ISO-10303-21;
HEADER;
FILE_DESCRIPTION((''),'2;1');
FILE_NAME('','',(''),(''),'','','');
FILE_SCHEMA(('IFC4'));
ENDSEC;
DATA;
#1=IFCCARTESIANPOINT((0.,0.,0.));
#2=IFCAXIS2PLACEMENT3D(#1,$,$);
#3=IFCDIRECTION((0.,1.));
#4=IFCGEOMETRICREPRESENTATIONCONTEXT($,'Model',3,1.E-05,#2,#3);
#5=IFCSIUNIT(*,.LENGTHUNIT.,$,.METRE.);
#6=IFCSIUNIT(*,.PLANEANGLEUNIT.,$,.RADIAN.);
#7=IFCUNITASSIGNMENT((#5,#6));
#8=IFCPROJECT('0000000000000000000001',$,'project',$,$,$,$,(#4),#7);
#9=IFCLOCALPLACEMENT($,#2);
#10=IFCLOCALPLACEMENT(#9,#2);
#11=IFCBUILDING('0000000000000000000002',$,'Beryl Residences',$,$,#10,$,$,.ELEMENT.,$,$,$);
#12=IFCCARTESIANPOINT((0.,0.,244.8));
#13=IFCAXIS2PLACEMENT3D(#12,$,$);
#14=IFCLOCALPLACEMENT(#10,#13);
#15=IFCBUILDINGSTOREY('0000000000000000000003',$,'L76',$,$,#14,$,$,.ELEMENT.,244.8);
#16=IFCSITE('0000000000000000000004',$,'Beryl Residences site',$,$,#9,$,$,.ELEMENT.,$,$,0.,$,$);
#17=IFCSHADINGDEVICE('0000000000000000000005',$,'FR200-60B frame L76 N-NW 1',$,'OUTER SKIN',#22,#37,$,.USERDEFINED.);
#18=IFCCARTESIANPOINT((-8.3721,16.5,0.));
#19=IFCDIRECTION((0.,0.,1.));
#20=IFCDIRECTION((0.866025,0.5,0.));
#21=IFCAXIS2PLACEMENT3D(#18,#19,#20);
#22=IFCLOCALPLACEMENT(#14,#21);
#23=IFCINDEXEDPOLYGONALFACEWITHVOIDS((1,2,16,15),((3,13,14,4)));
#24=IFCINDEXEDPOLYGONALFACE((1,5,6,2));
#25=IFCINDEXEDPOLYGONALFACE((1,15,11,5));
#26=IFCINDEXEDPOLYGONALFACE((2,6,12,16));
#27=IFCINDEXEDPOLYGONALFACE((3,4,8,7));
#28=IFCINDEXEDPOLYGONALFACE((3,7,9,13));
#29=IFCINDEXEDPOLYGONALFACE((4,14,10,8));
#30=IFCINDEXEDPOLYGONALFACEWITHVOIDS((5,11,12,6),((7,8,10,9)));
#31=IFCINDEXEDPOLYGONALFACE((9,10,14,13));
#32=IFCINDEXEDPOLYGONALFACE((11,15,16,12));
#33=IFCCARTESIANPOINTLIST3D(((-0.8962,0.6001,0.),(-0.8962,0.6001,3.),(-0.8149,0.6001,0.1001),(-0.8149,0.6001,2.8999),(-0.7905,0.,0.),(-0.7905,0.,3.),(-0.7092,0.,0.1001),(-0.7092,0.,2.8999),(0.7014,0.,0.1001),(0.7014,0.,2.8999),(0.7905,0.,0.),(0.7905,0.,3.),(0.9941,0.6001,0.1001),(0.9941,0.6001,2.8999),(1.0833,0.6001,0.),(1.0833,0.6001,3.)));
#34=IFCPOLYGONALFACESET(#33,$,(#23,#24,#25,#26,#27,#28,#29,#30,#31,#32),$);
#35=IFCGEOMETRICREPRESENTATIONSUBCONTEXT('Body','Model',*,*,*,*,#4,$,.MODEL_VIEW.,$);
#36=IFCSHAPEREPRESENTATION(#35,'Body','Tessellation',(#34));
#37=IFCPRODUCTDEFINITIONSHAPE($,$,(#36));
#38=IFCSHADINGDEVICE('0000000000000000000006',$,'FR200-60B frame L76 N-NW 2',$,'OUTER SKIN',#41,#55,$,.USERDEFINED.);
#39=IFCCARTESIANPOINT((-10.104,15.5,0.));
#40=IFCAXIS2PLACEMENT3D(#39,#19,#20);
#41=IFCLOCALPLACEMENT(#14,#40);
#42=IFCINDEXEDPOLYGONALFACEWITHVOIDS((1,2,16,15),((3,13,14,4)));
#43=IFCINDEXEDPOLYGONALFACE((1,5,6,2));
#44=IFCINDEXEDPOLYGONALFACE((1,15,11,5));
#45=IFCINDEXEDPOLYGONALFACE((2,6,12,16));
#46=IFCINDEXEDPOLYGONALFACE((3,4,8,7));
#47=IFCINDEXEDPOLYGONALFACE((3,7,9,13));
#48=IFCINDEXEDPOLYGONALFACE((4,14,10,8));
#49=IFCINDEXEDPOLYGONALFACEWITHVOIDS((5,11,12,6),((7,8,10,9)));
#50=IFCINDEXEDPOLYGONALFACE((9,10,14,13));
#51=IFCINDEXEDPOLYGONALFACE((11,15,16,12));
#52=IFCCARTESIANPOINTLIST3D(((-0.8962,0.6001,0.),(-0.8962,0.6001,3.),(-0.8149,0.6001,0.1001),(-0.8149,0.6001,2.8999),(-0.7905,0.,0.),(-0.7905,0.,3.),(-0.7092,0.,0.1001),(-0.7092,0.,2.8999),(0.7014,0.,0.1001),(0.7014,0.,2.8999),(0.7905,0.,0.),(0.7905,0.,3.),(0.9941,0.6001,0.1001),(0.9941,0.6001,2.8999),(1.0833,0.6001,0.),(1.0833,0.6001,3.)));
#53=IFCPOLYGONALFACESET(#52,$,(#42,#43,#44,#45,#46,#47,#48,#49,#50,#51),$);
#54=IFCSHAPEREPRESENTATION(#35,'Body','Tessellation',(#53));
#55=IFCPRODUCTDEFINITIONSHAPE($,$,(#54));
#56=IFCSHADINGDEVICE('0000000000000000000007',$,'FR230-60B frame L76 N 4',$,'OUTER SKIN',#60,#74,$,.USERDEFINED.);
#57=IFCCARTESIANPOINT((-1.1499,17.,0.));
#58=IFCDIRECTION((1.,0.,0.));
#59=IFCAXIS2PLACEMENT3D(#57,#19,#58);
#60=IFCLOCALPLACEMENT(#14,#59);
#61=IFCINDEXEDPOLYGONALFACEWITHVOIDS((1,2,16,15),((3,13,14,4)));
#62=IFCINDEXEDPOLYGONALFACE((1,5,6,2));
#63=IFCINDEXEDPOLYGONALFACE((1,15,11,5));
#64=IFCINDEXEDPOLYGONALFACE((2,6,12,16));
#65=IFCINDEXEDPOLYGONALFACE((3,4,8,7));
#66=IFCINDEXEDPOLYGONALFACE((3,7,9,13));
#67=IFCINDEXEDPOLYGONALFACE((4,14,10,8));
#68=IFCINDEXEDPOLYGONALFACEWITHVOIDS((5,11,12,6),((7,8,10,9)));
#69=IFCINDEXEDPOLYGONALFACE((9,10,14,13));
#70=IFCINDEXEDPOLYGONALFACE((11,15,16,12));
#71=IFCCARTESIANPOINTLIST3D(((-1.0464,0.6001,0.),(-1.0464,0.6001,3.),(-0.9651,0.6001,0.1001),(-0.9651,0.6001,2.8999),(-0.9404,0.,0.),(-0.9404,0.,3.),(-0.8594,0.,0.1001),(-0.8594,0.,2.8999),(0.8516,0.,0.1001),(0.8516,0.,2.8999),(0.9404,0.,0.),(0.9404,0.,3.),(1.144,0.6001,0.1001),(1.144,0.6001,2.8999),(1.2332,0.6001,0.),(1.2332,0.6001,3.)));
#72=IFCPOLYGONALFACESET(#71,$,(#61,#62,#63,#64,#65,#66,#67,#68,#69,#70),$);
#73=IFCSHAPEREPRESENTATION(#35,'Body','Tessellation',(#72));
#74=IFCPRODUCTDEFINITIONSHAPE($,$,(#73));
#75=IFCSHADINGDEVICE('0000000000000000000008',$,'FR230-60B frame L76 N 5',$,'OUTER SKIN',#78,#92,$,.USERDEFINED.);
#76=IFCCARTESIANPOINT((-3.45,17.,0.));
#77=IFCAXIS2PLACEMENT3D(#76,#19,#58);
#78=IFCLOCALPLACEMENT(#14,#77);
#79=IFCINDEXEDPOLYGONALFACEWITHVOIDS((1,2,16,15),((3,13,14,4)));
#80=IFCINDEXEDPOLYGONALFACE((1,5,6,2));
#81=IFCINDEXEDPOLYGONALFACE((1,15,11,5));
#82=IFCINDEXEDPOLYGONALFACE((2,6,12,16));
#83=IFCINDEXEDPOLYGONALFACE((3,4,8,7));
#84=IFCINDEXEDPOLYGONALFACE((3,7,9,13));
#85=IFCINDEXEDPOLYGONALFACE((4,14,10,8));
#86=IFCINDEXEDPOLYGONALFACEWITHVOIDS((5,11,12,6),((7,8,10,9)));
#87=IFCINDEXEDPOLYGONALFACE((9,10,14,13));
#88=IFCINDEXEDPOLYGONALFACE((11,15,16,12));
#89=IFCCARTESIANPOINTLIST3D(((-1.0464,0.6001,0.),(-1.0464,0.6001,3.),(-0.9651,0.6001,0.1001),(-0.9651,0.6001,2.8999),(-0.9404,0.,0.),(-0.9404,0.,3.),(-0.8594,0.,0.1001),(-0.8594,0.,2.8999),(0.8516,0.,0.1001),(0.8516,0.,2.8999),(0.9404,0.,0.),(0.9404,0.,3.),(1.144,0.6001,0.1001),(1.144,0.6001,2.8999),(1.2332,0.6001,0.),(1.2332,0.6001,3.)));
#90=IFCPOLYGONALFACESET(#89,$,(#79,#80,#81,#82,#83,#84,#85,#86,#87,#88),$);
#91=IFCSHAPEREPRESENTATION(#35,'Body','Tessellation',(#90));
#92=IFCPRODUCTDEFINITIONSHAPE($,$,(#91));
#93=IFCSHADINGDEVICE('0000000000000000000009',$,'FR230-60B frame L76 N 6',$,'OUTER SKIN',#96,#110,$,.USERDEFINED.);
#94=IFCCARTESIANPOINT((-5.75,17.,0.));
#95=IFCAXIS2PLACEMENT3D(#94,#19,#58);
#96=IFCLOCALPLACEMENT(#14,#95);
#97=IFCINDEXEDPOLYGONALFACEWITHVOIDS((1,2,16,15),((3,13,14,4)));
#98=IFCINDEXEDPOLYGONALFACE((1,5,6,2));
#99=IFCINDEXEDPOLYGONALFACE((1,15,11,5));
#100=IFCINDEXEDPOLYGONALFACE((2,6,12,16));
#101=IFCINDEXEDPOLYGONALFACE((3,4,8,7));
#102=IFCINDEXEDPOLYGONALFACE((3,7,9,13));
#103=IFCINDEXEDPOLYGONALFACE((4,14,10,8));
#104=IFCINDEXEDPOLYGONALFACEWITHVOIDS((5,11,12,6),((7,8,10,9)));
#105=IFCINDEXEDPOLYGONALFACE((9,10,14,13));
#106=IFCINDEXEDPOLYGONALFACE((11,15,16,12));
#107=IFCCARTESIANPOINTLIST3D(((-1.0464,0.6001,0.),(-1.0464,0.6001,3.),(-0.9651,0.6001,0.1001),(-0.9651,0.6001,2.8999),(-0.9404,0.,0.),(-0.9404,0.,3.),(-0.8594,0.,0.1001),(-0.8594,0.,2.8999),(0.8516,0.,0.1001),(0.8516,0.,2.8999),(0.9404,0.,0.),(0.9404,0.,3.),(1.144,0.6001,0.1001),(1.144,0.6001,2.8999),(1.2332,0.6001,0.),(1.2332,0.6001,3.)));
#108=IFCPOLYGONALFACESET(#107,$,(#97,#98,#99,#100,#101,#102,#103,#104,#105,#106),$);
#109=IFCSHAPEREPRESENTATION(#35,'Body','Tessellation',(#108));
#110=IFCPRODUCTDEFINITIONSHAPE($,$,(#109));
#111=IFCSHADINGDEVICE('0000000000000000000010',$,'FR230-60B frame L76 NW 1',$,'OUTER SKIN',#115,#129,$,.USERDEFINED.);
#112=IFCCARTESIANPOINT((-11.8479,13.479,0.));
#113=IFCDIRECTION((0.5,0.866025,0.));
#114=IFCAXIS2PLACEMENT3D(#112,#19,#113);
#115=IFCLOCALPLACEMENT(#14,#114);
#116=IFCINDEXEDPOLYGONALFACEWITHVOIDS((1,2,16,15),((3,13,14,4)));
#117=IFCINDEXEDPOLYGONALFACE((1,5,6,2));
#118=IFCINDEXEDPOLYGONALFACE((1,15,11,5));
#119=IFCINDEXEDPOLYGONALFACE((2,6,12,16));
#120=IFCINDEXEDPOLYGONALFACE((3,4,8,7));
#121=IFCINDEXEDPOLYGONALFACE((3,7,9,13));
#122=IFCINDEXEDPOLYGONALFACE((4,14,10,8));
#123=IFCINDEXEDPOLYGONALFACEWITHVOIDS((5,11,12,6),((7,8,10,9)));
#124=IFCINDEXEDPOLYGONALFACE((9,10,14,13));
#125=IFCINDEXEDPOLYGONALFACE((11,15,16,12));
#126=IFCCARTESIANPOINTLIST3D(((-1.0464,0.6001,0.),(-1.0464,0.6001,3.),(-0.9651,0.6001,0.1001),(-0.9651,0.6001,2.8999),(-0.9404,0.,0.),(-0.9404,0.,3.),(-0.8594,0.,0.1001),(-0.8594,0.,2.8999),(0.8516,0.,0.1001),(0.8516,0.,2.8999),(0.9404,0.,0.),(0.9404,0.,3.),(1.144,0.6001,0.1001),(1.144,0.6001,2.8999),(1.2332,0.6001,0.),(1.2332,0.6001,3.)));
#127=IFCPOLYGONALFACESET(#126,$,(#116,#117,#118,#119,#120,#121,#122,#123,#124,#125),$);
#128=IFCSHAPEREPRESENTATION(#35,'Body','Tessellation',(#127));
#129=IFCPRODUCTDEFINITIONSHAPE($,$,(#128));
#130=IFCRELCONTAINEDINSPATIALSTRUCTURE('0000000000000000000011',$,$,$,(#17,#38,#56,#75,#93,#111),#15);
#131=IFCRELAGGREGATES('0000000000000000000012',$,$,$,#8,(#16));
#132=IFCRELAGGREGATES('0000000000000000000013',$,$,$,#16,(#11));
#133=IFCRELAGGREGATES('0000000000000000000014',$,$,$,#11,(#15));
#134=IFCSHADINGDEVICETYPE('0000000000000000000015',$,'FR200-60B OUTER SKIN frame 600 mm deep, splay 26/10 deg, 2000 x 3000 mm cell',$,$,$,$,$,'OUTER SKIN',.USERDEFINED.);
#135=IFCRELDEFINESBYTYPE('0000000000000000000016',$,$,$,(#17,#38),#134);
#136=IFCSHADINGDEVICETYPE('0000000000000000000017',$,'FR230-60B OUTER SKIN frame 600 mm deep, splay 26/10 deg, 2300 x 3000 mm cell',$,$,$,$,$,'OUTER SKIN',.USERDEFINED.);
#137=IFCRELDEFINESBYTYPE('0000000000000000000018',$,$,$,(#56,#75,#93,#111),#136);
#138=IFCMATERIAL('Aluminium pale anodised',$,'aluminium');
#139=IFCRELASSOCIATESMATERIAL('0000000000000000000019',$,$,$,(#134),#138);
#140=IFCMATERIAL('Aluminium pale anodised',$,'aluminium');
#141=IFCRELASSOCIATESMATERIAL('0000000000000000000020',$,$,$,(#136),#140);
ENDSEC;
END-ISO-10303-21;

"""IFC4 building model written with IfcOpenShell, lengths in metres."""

from ifc_helpers import new_model, entity, si_unit, direction, frame, origin, place, context, subcontext, project, spatial, source, transform, mapped, material, type_object, type_shapes, element, save


model = new_model("IFC4")

# Units and contexts
model_context = context("Model", 3, precision=1e-05, world=origin(), true_north=direction((0.0, 1.0)))
body_context = subcontext(model_context, "Body", "Model", "MODEL_VIEW")
ifc_project = project(units=[si_unit("LENGTHUNIT", "METRE"), si_unit("PLANEANGLEUNIT", "RADIAN")], contexts=[model_context])

# Site, building, storey
site_placement = place(None, origin())
site = spatial("IfcSite", under=ifc_project, at=site_placement, Name="Beryl Residences site", CompositionType="ELEMENT", RefElevation=0.0)
building_placement = place(site_placement, origin())
building = spatial("IfcBuilding", under=site, at=building_placement, Name="Beryl Residences", CompositionType="ELEMENT")
storey_placement = place(building_placement, frame((0.0, 0.0, 244.8)))
storey = spatial("IfcBuildingStorey", under=building, at=storey_placement, Name="L76", CompositionType="ELEMENT", Elevation=244.8)

# Shading devices
ifc_material_1 = material(Name="Aluminium pale anodised", Category="aluminium")
shading_device_type_1 = type_object("IfcShadingDeviceType", Name="FR200-60B OUTER SKIN frame 600 mm deep, splay 26/10 deg, 2000 x 3000 mm cell", ElementType="OUTER SKIN", PredefinedType="USERDEFINED", material=ifc_material_1)
cartesian_point_1 = entity("IfcCartesianPoint", [-0.7905, 0.0])
cartesian_point_2 = entity("IfcCartesianPoint", [-0.7014, 0.1001])
cartesian_point_3 = entity("IfcCartesianPoint", [-1.0833, 0.0])
cartesian_point_4 = entity("IfcCartesianPoint", [-0.9941, 0.1001])
shared_shape_1 = source(origin(), body_context, "Body", "SweptSolid", [
    entity("IfcExtrudedAreaSolidTapered", entity("IfcArbitraryProfileDefWithVoids", "AREA", None, entity("IfcPolyline", [cartesian_point_1, entity("IfcCartesianPoint", [0.7905, 0.0]), entity("IfcCartesianPoint", [0.7905, 3.0]), entity("IfcCartesianPoint", [-0.7905, 3.0]), cartesian_point_1]), [entity("IfcPolyline", [cartesian_point_2, entity("IfcCartesianPoint", [0.7092, 0.1001]), entity("IfcCartesianPoint", [0.7092, 2.8999]), entity("IfcCartesianPoint", [-0.7014, 2.8999]), cartesian_point_2])]), entity("IfcAxis2Placement3D", entity("IfcCartesianPoint", [0.0, 0.0, 0.0]), entity("IfcDirection", [0.0, 1.0, 0.0]), entity("IfcDirection", [-1.0, 0.0, 0.0])), entity("IfcDirection", [0.0, 0.0, 1.0]), 0.6001, entity("IfcArbitraryProfileDefWithVoids", "AREA", None, entity("IfcPolyline", [cartesian_point_3, entity("IfcCartesianPoint", [0.8962, 0.0]), entity("IfcCartesianPoint", [0.8962, 3.0]), entity("IfcCartesianPoint", [-1.0833, 3.0]), cartesian_point_3]), [entity("IfcPolyline", [cartesian_point_4, entity("IfcCartesianPoint", [0.8149, 0.1001]), entity("IfcCartesianPoint", [0.8149, 2.8999]), entity("IfcCartesianPoint", [-0.9941, 2.8999]), cartesian_point_4])])),
])
type_shapes(shading_device_type_1, [shared_shape_1])
for number, where, z_axis, x_axis, name in (
    (1, (-8.3721, 16.5, 0.0), (0.0, 0.0, 1.0), (0.866025, 0.5, 0.0), "FR200-60B frame L76 N-NW 1"),
    (2, (-10.104, 15.5, 0.0), (0.0, 0.0, 1.0), (0.866025, 0.5, 0.0), "FR200-60B frame L76 N-NW 2"),
):
    element("IfcShadingDevice", number, at=place(storey_placement, frame(where, z_axis=z_axis, x_axis=x_axis)), inside=storey, type_object=shading_device_type_1, Name=name, ObjectType="OUTER SKIN", PredefinedType="USERDEFINED", context=body_context, shape_type="MappedRepresentation", body=[
        mapped(shared_shape_1, transform((0.0, 0.0, 0.0))),
    ])
ifc_material_2 = material(Name="Aluminium pale anodised", Category="aluminium")
shading_device_type_2 = type_object("IfcShadingDeviceType", Name="FR230-60B OUTER SKIN frame 600 mm deep, splay 26/10 deg, 2300 x 3000 mm cell", ElementType="OUTER SKIN", PredefinedType="USERDEFINED", material=ifc_material_2)
cartesian_point_5 = entity("IfcCartesianPoint", [-0.9404, 0.0])
cartesian_point_6 = entity("IfcCartesianPoint", [-0.8516, 0.1001])
cartesian_point_7 = entity("IfcCartesianPoint", [-1.2332, 0.0])
cartesian_point_8 = entity("IfcCartesianPoint", [-1.144, 0.1001])
shared_shape_2 = source(origin(), body_context, "Body", "SweptSolid", [
    entity("IfcExtrudedAreaSolidTapered", entity("IfcArbitraryProfileDefWithVoids", "AREA", None, entity("IfcPolyline", [cartesian_point_5, entity("IfcCartesianPoint", [0.9404, 0.0]), entity("IfcCartesianPoint", [0.9404, 3.0]), entity("IfcCartesianPoint", [-0.9404, 3.0]), cartesian_point_5]), [entity("IfcPolyline", [cartesian_point_6, entity("IfcCartesianPoint", [0.8594, 0.1001]), entity("IfcCartesianPoint", [0.8594, 2.8999]), entity("IfcCartesianPoint", [-0.8516, 2.8999]), cartesian_point_6])]), entity("IfcAxis2Placement3D", entity("IfcCartesianPoint", [0.0, 0.0, 0.0]), entity("IfcDirection", [0.0, 1.0, 0.0]), entity("IfcDirection", [-1.0, 0.0, 0.0])), entity("IfcDirection", [0.0, 0.0, 1.0]), 0.6001, entity("IfcArbitraryProfileDefWithVoids", "AREA", None, entity("IfcPolyline", [cartesian_point_7, entity("IfcCartesianPoint", [1.0464, 0.0]), entity("IfcCartesianPoint", [1.0464, 3.0]), entity("IfcCartesianPoint", [-1.2332, 3.0]), cartesian_point_7]), [entity("IfcPolyline", [cartesian_point_8, entity("IfcCartesianPoint", [0.9651, 0.1001]), entity("IfcCartesianPoint", [0.9651, 2.8999]), entity("IfcCartesianPoint", [-1.144, 2.8999]), cartesian_point_8])])),
])
type_shapes(shading_device_type_2, [shared_shape_2])
for number, where, z_axis, x_axis, name in (
    (3, (-1.1499, 17.0, 0.0), (0.0, 0.0, 1.0), (1.0, 0.0, 0.0), "FR230-60B frame L76 N 4"),
    (4, (-3.45, 17.0, 0.0), (0.0, 0.0, 1.0), (1.0, 0.0, 0.0), "FR230-60B frame L76 N 5"),
    (5, (-5.75, 17.0, 0.0), (0.0, 0.0, 1.0), (1.0, 0.0, 0.0), "FR230-60B frame L76 N 6"),
    (6, (-11.8479, 13.479, 0.0), (0.0, 0.0, 1.0), (0.5, 0.866025, 0.0), "FR230-60B frame L76 NW 1"),
):
    element("IfcShadingDevice", number, at=place(storey_placement, frame(where, z_axis=z_axis, x_axis=x_axis)), inside=storey, type_object=shading_device_type_2, Name=name, ObjectType="OUTER SKIN", PredefinedType="USERDEFINED", context=body_context, shape_type="MappedRepresentation", body=[
        mapped(shared_shape_2, transform((0.0, 0.0, 0.0))),
    ])

save(model, "model.ifc")
